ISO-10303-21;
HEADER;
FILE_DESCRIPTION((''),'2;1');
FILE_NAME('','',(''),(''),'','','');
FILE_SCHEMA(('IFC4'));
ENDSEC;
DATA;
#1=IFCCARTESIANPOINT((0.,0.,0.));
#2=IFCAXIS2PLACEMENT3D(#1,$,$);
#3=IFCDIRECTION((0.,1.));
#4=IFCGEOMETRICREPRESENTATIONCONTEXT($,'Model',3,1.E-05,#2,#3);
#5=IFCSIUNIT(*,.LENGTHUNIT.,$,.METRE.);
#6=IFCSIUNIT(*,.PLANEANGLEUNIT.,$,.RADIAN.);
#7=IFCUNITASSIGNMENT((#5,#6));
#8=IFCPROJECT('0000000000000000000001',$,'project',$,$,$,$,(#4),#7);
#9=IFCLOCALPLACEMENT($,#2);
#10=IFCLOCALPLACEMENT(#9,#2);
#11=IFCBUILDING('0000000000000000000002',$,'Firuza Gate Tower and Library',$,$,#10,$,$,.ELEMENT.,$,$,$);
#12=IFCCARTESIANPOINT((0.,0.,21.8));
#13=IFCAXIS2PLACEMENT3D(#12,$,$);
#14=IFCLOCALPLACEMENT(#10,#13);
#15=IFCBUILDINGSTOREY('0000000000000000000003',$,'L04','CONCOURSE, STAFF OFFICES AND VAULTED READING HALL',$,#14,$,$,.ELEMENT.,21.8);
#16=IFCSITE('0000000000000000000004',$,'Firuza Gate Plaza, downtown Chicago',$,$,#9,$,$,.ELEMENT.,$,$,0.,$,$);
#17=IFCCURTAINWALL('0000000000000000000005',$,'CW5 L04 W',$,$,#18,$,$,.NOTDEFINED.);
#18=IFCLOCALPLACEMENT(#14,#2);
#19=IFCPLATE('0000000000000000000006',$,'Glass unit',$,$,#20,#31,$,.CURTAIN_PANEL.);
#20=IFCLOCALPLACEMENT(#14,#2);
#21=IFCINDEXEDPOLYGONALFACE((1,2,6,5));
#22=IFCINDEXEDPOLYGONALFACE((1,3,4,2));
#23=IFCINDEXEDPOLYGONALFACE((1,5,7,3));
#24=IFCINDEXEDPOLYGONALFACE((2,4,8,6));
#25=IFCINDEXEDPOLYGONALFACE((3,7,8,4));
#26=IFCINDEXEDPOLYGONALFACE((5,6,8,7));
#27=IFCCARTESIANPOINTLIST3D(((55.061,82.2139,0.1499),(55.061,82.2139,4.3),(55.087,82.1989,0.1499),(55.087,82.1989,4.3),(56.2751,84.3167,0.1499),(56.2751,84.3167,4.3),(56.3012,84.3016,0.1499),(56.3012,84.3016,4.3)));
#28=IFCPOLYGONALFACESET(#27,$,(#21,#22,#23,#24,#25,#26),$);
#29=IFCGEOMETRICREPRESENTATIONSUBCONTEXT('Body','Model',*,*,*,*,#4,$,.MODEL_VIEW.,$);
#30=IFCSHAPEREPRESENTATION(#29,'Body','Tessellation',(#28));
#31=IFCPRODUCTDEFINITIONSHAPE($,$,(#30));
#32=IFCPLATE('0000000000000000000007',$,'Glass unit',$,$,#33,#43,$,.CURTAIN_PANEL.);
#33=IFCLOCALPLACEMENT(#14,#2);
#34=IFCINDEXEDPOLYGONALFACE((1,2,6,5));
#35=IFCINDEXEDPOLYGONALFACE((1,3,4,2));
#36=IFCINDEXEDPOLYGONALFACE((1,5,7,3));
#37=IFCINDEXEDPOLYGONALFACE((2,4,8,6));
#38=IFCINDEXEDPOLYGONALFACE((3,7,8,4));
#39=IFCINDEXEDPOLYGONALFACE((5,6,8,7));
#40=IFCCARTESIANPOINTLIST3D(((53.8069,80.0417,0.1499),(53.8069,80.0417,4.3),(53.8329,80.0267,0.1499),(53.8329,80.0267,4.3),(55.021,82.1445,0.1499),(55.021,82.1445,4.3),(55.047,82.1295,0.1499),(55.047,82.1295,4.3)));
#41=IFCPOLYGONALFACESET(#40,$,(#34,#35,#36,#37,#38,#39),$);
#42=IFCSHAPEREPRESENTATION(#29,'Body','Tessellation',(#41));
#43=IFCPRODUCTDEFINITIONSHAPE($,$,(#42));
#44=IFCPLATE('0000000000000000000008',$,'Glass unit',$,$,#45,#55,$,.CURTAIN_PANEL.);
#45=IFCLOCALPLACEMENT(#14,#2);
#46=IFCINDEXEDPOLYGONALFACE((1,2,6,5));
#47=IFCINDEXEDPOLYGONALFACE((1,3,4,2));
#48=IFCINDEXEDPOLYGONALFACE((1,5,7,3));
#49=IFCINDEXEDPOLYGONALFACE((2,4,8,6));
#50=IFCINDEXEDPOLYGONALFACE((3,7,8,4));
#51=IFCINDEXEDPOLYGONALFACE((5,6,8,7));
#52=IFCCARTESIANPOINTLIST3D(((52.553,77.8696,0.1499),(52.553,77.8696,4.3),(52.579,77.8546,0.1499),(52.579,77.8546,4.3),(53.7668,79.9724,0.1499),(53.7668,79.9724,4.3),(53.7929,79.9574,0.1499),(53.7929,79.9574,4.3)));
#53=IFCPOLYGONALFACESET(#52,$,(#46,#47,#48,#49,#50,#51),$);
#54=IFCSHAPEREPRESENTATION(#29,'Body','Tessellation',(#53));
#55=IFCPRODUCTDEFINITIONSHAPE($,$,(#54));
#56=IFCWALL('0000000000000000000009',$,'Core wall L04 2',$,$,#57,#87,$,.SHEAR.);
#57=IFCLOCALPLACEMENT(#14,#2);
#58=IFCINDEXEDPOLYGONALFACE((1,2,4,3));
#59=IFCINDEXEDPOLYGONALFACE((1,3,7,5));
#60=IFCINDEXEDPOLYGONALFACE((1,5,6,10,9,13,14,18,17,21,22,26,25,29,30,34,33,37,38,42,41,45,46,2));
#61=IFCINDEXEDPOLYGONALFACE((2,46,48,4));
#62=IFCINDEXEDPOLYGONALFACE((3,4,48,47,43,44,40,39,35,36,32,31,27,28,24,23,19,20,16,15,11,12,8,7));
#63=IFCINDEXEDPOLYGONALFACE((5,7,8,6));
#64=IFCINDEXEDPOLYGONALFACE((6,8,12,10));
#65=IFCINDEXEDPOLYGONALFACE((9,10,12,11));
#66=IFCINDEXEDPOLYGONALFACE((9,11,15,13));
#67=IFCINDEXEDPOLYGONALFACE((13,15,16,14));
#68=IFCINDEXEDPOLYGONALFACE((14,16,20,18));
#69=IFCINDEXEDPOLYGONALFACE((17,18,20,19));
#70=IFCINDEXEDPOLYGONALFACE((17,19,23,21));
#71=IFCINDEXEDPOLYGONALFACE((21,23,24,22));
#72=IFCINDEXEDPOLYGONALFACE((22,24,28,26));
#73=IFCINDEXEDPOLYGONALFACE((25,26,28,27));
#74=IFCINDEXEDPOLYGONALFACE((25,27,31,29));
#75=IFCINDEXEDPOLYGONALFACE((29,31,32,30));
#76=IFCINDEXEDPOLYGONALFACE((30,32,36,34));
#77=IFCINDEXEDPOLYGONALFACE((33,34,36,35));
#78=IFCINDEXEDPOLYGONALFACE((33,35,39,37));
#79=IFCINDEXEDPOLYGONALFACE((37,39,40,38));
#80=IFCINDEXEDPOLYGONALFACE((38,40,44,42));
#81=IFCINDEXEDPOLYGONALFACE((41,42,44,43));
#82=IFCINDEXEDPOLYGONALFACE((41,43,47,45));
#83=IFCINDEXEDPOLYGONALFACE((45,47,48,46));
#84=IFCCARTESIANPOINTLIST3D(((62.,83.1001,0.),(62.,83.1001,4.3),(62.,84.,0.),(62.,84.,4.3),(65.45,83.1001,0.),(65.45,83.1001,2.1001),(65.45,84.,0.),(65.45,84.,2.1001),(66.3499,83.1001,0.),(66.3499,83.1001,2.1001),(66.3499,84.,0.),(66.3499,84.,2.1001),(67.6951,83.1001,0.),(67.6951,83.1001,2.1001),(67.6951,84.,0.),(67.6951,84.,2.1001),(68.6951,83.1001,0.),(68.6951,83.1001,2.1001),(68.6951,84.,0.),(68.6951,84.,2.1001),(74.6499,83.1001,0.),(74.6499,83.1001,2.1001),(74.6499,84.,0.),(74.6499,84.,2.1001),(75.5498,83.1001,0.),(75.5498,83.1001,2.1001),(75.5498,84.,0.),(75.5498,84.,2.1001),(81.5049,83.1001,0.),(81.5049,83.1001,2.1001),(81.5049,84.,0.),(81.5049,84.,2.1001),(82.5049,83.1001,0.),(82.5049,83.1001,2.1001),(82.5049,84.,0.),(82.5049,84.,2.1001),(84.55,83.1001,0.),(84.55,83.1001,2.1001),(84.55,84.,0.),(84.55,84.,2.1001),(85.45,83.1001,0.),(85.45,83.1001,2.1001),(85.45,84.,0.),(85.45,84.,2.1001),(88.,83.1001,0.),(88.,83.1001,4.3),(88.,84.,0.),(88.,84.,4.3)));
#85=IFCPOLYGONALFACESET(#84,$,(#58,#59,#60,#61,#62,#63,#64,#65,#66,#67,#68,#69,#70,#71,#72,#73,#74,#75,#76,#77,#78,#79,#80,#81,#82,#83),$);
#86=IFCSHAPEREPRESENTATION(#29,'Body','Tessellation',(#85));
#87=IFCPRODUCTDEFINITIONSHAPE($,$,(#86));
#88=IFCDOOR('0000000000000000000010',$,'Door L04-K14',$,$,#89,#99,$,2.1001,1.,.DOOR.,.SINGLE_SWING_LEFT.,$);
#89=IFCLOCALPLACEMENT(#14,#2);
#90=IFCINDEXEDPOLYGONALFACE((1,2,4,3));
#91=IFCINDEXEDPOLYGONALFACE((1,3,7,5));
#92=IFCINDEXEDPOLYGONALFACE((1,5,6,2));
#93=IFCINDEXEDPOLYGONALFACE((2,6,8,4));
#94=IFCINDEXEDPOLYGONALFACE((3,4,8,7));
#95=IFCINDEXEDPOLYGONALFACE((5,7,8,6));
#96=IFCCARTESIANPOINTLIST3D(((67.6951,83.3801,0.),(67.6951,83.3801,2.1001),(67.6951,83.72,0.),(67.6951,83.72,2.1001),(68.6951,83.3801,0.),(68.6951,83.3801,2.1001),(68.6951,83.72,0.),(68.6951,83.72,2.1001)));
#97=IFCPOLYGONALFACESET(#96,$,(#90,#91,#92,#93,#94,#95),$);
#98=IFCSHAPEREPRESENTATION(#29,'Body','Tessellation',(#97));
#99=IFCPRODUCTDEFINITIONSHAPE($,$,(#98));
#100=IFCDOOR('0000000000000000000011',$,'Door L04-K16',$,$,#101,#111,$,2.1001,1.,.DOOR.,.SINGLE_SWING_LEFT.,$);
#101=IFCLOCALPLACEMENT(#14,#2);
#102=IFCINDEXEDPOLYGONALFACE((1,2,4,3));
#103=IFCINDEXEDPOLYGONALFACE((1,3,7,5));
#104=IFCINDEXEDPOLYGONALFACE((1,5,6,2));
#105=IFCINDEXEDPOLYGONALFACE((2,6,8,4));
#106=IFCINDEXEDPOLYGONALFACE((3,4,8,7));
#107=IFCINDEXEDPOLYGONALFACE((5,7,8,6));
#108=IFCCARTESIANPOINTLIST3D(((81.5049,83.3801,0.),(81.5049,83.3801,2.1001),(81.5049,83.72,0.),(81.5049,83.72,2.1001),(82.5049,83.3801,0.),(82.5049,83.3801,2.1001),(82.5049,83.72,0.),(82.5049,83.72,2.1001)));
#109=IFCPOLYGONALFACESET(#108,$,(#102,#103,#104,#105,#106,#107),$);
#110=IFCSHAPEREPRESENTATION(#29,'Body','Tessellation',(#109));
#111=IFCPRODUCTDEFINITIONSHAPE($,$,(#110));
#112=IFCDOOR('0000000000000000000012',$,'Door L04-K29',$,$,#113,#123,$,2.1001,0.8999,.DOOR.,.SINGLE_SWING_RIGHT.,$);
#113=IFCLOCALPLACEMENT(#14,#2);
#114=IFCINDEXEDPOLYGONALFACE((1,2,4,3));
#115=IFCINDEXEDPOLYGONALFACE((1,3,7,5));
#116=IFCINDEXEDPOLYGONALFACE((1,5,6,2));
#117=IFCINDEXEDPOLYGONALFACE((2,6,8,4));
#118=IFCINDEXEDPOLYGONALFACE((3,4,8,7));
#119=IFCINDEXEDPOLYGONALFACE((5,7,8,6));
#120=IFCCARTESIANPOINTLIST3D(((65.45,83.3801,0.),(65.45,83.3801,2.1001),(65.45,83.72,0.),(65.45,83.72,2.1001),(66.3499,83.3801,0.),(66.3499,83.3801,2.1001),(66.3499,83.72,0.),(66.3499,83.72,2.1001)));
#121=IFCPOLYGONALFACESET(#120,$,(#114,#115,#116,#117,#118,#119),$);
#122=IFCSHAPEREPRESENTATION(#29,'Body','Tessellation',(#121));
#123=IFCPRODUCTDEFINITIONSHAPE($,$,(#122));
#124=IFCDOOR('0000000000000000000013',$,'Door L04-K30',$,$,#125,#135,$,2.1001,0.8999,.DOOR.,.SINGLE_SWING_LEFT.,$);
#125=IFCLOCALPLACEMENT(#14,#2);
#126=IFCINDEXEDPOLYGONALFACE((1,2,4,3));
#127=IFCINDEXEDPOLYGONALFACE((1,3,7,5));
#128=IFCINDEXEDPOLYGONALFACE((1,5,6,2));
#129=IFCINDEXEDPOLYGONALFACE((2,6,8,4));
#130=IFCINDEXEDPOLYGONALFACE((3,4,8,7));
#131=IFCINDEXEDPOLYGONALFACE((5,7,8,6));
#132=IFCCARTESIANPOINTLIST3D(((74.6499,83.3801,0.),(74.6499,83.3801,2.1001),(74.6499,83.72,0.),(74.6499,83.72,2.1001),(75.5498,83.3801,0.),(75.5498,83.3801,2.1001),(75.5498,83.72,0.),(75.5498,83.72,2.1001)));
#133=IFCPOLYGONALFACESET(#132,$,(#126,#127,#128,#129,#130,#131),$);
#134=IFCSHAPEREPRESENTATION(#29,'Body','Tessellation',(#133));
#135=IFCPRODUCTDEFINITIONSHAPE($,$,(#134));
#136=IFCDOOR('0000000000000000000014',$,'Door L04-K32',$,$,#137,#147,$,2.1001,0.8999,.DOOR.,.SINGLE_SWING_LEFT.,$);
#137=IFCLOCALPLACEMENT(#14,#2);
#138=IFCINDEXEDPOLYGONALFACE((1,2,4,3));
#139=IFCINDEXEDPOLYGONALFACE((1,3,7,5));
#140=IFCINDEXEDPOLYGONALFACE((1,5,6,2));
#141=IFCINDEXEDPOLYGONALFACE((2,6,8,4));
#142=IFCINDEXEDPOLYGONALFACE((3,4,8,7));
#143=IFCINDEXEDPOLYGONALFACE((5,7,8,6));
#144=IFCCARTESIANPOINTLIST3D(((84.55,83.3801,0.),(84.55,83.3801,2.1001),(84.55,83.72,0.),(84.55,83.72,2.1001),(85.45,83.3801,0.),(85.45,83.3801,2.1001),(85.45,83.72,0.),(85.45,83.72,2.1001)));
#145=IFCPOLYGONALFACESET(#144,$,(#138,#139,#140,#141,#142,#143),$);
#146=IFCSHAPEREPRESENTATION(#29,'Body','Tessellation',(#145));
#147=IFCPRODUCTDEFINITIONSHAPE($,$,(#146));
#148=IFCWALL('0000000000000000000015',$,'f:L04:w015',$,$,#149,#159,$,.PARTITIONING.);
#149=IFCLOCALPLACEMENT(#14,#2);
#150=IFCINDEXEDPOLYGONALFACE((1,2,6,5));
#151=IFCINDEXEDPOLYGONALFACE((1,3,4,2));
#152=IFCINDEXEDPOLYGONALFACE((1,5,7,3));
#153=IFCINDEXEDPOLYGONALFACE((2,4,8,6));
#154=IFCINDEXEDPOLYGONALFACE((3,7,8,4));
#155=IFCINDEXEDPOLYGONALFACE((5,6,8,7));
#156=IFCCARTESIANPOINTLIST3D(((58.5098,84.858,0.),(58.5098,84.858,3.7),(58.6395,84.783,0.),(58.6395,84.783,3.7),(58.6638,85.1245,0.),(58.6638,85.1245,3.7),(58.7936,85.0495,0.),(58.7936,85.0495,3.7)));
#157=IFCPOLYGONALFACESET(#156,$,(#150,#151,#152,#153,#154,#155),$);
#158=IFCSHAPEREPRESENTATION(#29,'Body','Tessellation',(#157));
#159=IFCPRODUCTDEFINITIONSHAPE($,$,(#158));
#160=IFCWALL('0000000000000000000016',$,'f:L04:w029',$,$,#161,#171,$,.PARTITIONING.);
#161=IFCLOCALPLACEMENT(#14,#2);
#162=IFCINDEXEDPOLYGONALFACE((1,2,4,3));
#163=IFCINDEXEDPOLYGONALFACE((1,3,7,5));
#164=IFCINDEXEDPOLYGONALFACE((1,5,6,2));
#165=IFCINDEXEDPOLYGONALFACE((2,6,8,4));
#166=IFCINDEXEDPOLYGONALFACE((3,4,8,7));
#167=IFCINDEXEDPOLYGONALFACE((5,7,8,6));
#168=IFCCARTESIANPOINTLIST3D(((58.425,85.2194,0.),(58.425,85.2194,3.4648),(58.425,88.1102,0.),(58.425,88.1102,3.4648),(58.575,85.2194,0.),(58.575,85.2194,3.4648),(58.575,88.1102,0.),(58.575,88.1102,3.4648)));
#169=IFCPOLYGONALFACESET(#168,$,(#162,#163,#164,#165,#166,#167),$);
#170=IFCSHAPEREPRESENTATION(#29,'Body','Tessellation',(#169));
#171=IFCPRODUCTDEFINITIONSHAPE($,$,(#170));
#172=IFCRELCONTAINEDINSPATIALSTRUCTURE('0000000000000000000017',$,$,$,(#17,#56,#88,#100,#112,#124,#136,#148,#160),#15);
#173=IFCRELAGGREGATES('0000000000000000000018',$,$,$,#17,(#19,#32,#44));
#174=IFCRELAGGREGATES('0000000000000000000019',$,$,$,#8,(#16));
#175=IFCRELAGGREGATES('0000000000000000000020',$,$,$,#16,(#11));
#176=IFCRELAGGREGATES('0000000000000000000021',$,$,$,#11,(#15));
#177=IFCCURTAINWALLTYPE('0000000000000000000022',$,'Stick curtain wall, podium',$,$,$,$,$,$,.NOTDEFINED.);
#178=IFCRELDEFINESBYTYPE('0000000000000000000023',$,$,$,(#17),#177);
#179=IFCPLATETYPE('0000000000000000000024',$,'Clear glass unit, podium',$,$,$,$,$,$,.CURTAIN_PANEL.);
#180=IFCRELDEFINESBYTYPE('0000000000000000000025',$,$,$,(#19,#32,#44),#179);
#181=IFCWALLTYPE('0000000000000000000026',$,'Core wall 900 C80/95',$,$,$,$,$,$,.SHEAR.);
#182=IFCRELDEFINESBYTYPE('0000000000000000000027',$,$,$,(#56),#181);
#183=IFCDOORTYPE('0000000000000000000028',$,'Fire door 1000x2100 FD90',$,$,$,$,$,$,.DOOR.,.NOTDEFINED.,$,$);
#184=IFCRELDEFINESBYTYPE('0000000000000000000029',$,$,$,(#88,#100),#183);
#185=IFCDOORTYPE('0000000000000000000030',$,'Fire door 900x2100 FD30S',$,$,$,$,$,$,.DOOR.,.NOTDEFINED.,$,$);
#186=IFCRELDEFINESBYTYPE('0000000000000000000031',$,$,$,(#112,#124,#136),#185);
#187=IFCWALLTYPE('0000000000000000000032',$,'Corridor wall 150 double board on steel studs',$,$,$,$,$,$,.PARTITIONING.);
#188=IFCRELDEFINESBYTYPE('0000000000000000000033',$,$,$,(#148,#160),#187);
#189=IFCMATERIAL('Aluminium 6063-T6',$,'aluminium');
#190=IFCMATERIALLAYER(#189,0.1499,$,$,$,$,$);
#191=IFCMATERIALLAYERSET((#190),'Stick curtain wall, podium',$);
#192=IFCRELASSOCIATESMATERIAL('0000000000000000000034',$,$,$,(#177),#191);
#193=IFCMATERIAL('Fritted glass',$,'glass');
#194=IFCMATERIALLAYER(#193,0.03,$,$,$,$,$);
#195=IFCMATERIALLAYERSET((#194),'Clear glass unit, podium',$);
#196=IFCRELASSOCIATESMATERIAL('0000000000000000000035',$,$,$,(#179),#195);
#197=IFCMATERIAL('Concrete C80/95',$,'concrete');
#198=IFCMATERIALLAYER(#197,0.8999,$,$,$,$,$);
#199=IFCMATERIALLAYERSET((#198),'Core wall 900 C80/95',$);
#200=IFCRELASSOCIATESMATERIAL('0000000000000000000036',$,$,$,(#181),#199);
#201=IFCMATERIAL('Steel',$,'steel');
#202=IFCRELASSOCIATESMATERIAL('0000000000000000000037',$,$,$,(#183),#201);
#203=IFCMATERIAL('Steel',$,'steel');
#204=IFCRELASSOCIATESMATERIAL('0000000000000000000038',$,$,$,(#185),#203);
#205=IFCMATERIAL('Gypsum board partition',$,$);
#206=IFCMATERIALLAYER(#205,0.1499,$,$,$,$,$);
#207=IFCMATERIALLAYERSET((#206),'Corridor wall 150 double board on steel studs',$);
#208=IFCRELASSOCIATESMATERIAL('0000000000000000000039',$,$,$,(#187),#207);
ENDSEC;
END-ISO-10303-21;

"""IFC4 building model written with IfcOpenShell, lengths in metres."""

from ifc_helpers import new_model, si_unit, direction, frame, frame_2d, origin, place, context, subcontext, project, spatial, polyline, rectangle, outline, extrude, material, layer, layer_set, type_object, element, fill, aggregate, save


model = new_model("IFC4")

# Units and contexts
model_context = context("Model", 3, precision=1e-05, world=origin(), true_north=direction((0.0, 1.0)))
body_context = subcontext(model_context, "Body", "Model", "MODEL_VIEW")
ifc_project = project(units=[si_unit("LENGTHUNIT", "METRE"), si_unit("PLANEANGLEUNIT", "RADIAN")], contexts=[model_context])

# Site, building, storey
site_placement = place(None, origin())
site = spatial("IfcSite", under=ifc_project, at=site_placement, Name="Firuza Gate Plaza, downtown Chicago", CompositionType="ELEMENT", RefElevation=0.0)
building_placement = place(site_placement, origin())
building = spatial("IfcBuilding", under=site, at=building_placement, Name="Firuza Gate Tower and Library", CompositionType="ELEMENT")
storey_placement = place(building_placement, frame((0.0, 0.0, 21.8)))
storey = spatial("IfcBuildingStorey", under=building, at=storey_placement, Name="L04", Description="CONCOURSE, STAFF OFFICES AND VAULTED READING HALL", CompositionType="ELEMENT", Elevation=21.8)

# Curtain wall
ifc_material_1 = material(Name="Aluminium 6063-T6", Category="aluminium")
ifc_layer_1 = layer(ifc_material_1, 0.1499)
ifc_layer_set_1 = layer_set([ifc_layer_1], Name="Stick curtain wall, podium")
curtain_wall_type = type_object("IfcCurtainWallType", Name="Stick curtain wall, podium", PredefinedType="NOTDEFINED", material=ifc_layer_set_1)
curtain_wall_placement = place(storey_placement, origin())
curtain_wall = element("IfcCurtainWall", 1, at=curtain_wall_placement, inside=storey, type_object=curtain_wall_type, Name="CW5 L04 W", PredefinedType="NOTDEFINED")

# Plates
ifc_material_2 = material(Name="Fritted glass", Category="glass")
ifc_layer_2 = layer(ifc_material_2, 0.03)
ifc_layer_set_2 = layer_set([ifc_layer_2], Name="Clear glass unit, podium")
plate_type = type_object("IfcPlateType", Name="Clear glass unit, podium", PredefinedType="CURTAIN_PANEL", material=ifc_layer_set_2)
plate_1_placement = place(storey_placement, frame((56.2751, 84.3167, 0.1499), z_axis=(-0.866013, 0.500021, 0.0), x_axis=(-0.500021, -0.866013, 0.0)))
plate_1 = element("IfcPlate", 2, at=plate_1_placement, type_object=plate_type, Name="Glass unit", PredefinedType="CURTAIN_PANEL", context=body_context, shape_type="SweptSolid", body=[
    extrude(outline(polyline([(0.0, 0.0), (2.4281, 0.0), (2.4281, 4.1501), (0.0, 4.1501), (0.0, 0.0)])), origin(), (0.0, 0.0, -1.0), 0.03),
])
plate_2_placement = place(storey_placement, frame((55.021, 82.1445, 0.1499), z_axis=(-0.866013, 0.500021, 0.0), x_axis=(-0.500021, -0.866013, 0.0)))
plate_2 = element("IfcPlate", 3, at=plate_2_placement, type_object=plate_type, Name="Glass unit", PredefinedType="CURTAIN_PANEL", context=body_context, shape_type="SweptSolid", body=[
    extrude(outline(polyline([(0.0, 0.0), (2.4281, 0.0), (2.4281, 4.1501), (0.0, 4.1501), (0.0, 0.0)])), origin(), (0.0, 0.0, -1.0), 0.03),
])
plate_3_placement = place(storey_placement, frame((53.7668, 79.9724, 0.1499), z_axis=(-0.866057, 0.499946, 0.0), x_axis=(-0.499946, -0.866057, 0.0)))
plate_3 = element("IfcPlate", 4, at=plate_3_placement, type_object=plate_type, Name="Glass unit", PredefinedType="CURTAIN_PANEL", context=body_context, shape_type="SweptSolid", body=[
    extrude(outline(polyline([(0.0, 0.0), (2.428, 0.0), (2.428, 4.1501), (0.0, 4.1501), (0.0, 0.0)])), origin(), (0.0, 0.0, -1.0), 0.03),
])
aggregate(curtain_wall, [plate_1, plate_2, plate_3])

# Wall, openings, doors
ifc_material_3 = material(Name="Concrete C80/95", Category="concrete")
ifc_layer_3 = layer(ifc_material_3, 0.8999)
ifc_layer_set_3 = layer_set([ifc_layer_3], Name="Core wall 900 C80/95")
wall_type_1 = type_object("IfcWallType", Name="Core wall 900 C80/95", PredefinedType="SHEAR", material=ifc_layer_set_3)
wall_1_placement = place(storey_placement, frame((62.0, 83.55, 0.0), z_axis=(0.0, 0.0, 1.0), x_axis=(1.0, 0.0, 0.0)))
wall_1 = element("IfcWall", 5, at=wall_1_placement, inside=storey, type_object=wall_type_1, Name="Core wall L04 2", PredefinedType="SHEAR", context=body_context, shape_type="SweptSolid", body=[
    extrude(rectangle(XDim=26.0, YDim=0.8999, at=frame_2d((13.0, 0.0))), origin(), (0.0, 0.0, 1.0), 4.3),
])
opening_1_placement = place(wall_1_placement, frame((5.6951, 0.0, 0.0)))
opening_1 = element("IfcOpeningElement", 6, at=opening_1_placement, cuts=wall_1, PredefinedType="OPENING", context=body_context, shape_type="SweptSolid", body=[
    extrude(rectangle(XDim=1.0, YDim=2.1001, at=frame_2d((0.5, 1.05))), frame((0.0, 0.46, 0.0), z_axis=(0.0, -1.0, 0.0), x_axis=(1.0, 0.0, 0.0)), (0.0, 0.0, 1.0), 0.9199),
])
opening_2_placement = place(wall_1_placement, frame((19.5049, 0.0, 0.0)))
opening_2 = element("IfcOpeningElement", 7, at=opening_2_placement, cuts=wall_1, PredefinedType="OPENING", context=body_context, shape_type="SweptSolid", body=[
    extrude(rectangle(XDim=1.0, YDim=2.1001, at=frame_2d((0.5, 1.05))), frame((0.0, 0.46, 0.0), z_axis=(0.0, -1.0, 0.0), x_axis=(1.0, 0.0, 0.0)), (0.0, 0.0, 1.0), 0.9199),
])
opening_3_placement = place(wall_1_placement, frame((3.45, 0.0, 0.0)))
opening_3 = element("IfcOpeningElement", 8, at=opening_3_placement, cuts=wall_1, PredefinedType="OPENING", context=body_context, shape_type="SweptSolid", body=[
    extrude(rectangle(XDim=0.8999, YDim=2.1001, at=frame_2d((0.45, 1.05))), frame((0.0, 0.46, 0.0), z_axis=(0.0, -1.0, 0.0), x_axis=(1.0, 0.0, 0.0)), (0.0, 0.0, 1.0), 0.9199),
])
opening_4_placement = place(wall_1_placement, frame((12.6499, 0.0, 0.0)))
opening_4 = element("IfcOpeningElement", 9, at=opening_4_placement, cuts=wall_1, PredefinedType="OPENING", context=body_context, shape_type="SweptSolid", body=[
    extrude(rectangle(XDim=0.8999, YDim=2.1001, at=frame_2d((0.45, 1.05))), frame((0.0, 0.46, 0.0), z_axis=(0.0, -1.0, 0.0), x_axis=(1.0, 0.0, 0.0)), (0.0, 0.0, 1.0), 0.9199),
])
opening_5_placement = place(wall_1_placement, frame((22.55, 0.0, 0.0)))
opening_5 = element("IfcOpeningElement", 10, at=opening_5_placement, cuts=wall_1, PredefinedType="OPENING", context=body_context, shape_type="SweptSolid", body=[
    extrude(rectangle(XDim=0.8999, YDim=2.1001, at=frame_2d((0.45, 1.05))), frame((0.0, 0.46, 0.0), z_axis=(0.0, -1.0, 0.0), x_axis=(1.0, 0.0, 0.0)), (0.0, 0.0, 1.0), 0.9199),
])
ifc_material_4 = material(Name="Steel", Category="steel")
door_type_1 = type_object("IfcDoorType", Name="Fire door 1000x2100 FD90", OperationType="NOTDEFINED", PredefinedType="DOOR", material=ifc_material_4)
door_1_placement = place(opening_1_placement, origin())
door_1 = element("IfcDoor", 11, at=door_1_placement, inside=storey, type_object=door_type_1, Name="Door L04-K14", OperationType="SINGLE_SWING_LEFT", OverallHeight=2.1001, OverallWidth=1.0, PredefinedType="DOOR", context=body_context, shape_type="SweptSolid", body=[
    extrude(rectangle(XDim=1.0, YDim=2.1001, at=frame_2d((0.5, 1.05))), frame((0.0, 0.1699, 0.0), z_axis=(0.0, -1.0, 0.0), x_axis=(1.0, 0.0, 0.0)), (0.0, 0.0, 1.0), 0.3398),
])
fill(opening_1, door_1)
door_2_placement = place(opening_2_placement, origin())
door_2 = element("IfcDoor", 12, at=door_2_placement, inside=storey, type_object=door_type_1, Name="Door L04-K16", OperationType="SINGLE_SWING_LEFT", OverallHeight=2.1001, OverallWidth=1.0, PredefinedType="DOOR", context=body_context, shape_type="SweptSolid", body=[
    extrude(rectangle(XDim=1.0, YDim=2.1001, at=frame_2d((0.5, 1.05))), frame((0.0, 0.1699, 0.0), z_axis=(0.0, -1.0, 0.0), x_axis=(1.0, 0.0, 0.0)), (0.0, 0.0, 1.0), 0.3398),
])
fill(opening_2, door_2)
ifc_material_5 = material(Name="Steel", Category="steel")
door_type_2 = type_object("IfcDoorType", Name="Fire door 900x2100 FD30S", OperationType="NOTDEFINED", PredefinedType="DOOR", material=ifc_material_5)
door_3_placement = place(opening_3_placement, origin())
door_3 = element("IfcDoor", 13, at=door_3_placement, inside=storey, type_object=door_type_2, Name="Door L04-K29", OperationType="SINGLE_SWING_RIGHT", OverallHeight=2.1001, OverallWidth=0.8999, PredefinedType="DOOR", context=body_context, shape_type="SweptSolid", body=[
    extrude(rectangle(XDim=0.8999, YDim=2.1001, at=frame_2d((0.45, 1.05))), frame((0.0, 0.1699, 0.0), z_axis=(0.0, -1.0, 0.0), x_axis=(1.0, 0.0, 0.0)), (0.0, 0.0, 1.0), 0.3398),
])
fill(opening_3, door_3)
door_4_placement = place(opening_4_placement, origin())
door_4 = element("IfcDoor", 14, at=door_4_placement, inside=storey, type_object=door_type_2, Name="Door L04-K30", OperationType="SINGLE_SWING_LEFT", OverallHeight=2.1001, OverallWidth=0.8999, PredefinedType="DOOR", context=body_context, shape_type="SweptSolid", body=[
    extrude(rectangle(XDim=0.8999, YDim=2.1001, at=frame_2d((0.45, 1.05))), frame((0.0, 0.1699, 0.0), z_axis=(0.0, -1.0, 0.0), x_axis=(1.0, 0.0, 0.0)), (0.0, 0.0, 1.0), 0.3398),
])
fill(opening_4, door_4)
door_5_placement = place(opening_5_placement, origin())
door_5 = element("IfcDoor", 15, at=door_5_placement, inside=storey, type_object=door_type_2, Name="Door L04-K32", OperationType="SINGLE_SWING_LEFT", OverallHeight=2.1001, OverallWidth=0.8999, PredefinedType="DOOR", context=body_context, shape_type="SweptSolid", body=[
    extrude(rectangle(XDim=0.8999, YDim=2.1001, at=frame_2d((0.45, 1.05))), frame((0.0, 0.1699, 0.0), z_axis=(0.0, -1.0, 0.0), x_axis=(1.0, 0.0, 0.0)), (0.0, 0.0, 1.0), 0.3398),
])
fill(opening_5, door_5)

# Walls
ifc_material_6 = material(Name="Gypsum board partition")
ifc_layer_4 = layer(ifc_material_6, 0.1499)
ifc_layer_set_4 = layer_set([ifc_layer_4], Name="Corridor wall 150 double board on steel studs")
wall_type_2 = type_object("IfcWallType", Name="Corridor wall 150 double board on steel studs", PredefinedType="PARTITIONING", material=ifc_layer_set_4)
wall_2_placement = place(storey_placement, frame((58.5747, 84.8206, 0.0), z_axis=(0.0, 0.0, 1.0), x_axis=(0.500317, 0.865842, 0.0)))
element("IfcWall", 16, at=wall_2_placement, inside=storey, type_object=wall_type_2, Name="f:L04:w015", PredefinedType="PARTITIONING", context=body_context, shape_type="SweptSolid", body=[
    extrude(rectangle(XDim=0.3079, YDim=0.1499, at=frame_2d((0.1538, 0.0))), origin(), (0.0, 0.0, 1.0), 3.7),
])
wall_3_placement = place(storey_placement, frame((58.5, 85.2195, 0.0), z_axis=(0.0, 0.0, 1.0), x_axis=(0.0, 1.0, 0.0)))
element("IfcWall", 17, at=wall_3_placement, inside=storey, type_object=wall_type_2, Name="f:L04:w029", PredefinedType="PARTITIONING", context=body_context, shape_type="SweptSolid", body=[
    extrude(rectangle(XDim=2.8909, YDim=0.1499, at=frame_2d((1.4453, 0.0))), origin(), (0.0, 0.0, 1.0), 3.4648),
])

save(model, "model.ifc")
